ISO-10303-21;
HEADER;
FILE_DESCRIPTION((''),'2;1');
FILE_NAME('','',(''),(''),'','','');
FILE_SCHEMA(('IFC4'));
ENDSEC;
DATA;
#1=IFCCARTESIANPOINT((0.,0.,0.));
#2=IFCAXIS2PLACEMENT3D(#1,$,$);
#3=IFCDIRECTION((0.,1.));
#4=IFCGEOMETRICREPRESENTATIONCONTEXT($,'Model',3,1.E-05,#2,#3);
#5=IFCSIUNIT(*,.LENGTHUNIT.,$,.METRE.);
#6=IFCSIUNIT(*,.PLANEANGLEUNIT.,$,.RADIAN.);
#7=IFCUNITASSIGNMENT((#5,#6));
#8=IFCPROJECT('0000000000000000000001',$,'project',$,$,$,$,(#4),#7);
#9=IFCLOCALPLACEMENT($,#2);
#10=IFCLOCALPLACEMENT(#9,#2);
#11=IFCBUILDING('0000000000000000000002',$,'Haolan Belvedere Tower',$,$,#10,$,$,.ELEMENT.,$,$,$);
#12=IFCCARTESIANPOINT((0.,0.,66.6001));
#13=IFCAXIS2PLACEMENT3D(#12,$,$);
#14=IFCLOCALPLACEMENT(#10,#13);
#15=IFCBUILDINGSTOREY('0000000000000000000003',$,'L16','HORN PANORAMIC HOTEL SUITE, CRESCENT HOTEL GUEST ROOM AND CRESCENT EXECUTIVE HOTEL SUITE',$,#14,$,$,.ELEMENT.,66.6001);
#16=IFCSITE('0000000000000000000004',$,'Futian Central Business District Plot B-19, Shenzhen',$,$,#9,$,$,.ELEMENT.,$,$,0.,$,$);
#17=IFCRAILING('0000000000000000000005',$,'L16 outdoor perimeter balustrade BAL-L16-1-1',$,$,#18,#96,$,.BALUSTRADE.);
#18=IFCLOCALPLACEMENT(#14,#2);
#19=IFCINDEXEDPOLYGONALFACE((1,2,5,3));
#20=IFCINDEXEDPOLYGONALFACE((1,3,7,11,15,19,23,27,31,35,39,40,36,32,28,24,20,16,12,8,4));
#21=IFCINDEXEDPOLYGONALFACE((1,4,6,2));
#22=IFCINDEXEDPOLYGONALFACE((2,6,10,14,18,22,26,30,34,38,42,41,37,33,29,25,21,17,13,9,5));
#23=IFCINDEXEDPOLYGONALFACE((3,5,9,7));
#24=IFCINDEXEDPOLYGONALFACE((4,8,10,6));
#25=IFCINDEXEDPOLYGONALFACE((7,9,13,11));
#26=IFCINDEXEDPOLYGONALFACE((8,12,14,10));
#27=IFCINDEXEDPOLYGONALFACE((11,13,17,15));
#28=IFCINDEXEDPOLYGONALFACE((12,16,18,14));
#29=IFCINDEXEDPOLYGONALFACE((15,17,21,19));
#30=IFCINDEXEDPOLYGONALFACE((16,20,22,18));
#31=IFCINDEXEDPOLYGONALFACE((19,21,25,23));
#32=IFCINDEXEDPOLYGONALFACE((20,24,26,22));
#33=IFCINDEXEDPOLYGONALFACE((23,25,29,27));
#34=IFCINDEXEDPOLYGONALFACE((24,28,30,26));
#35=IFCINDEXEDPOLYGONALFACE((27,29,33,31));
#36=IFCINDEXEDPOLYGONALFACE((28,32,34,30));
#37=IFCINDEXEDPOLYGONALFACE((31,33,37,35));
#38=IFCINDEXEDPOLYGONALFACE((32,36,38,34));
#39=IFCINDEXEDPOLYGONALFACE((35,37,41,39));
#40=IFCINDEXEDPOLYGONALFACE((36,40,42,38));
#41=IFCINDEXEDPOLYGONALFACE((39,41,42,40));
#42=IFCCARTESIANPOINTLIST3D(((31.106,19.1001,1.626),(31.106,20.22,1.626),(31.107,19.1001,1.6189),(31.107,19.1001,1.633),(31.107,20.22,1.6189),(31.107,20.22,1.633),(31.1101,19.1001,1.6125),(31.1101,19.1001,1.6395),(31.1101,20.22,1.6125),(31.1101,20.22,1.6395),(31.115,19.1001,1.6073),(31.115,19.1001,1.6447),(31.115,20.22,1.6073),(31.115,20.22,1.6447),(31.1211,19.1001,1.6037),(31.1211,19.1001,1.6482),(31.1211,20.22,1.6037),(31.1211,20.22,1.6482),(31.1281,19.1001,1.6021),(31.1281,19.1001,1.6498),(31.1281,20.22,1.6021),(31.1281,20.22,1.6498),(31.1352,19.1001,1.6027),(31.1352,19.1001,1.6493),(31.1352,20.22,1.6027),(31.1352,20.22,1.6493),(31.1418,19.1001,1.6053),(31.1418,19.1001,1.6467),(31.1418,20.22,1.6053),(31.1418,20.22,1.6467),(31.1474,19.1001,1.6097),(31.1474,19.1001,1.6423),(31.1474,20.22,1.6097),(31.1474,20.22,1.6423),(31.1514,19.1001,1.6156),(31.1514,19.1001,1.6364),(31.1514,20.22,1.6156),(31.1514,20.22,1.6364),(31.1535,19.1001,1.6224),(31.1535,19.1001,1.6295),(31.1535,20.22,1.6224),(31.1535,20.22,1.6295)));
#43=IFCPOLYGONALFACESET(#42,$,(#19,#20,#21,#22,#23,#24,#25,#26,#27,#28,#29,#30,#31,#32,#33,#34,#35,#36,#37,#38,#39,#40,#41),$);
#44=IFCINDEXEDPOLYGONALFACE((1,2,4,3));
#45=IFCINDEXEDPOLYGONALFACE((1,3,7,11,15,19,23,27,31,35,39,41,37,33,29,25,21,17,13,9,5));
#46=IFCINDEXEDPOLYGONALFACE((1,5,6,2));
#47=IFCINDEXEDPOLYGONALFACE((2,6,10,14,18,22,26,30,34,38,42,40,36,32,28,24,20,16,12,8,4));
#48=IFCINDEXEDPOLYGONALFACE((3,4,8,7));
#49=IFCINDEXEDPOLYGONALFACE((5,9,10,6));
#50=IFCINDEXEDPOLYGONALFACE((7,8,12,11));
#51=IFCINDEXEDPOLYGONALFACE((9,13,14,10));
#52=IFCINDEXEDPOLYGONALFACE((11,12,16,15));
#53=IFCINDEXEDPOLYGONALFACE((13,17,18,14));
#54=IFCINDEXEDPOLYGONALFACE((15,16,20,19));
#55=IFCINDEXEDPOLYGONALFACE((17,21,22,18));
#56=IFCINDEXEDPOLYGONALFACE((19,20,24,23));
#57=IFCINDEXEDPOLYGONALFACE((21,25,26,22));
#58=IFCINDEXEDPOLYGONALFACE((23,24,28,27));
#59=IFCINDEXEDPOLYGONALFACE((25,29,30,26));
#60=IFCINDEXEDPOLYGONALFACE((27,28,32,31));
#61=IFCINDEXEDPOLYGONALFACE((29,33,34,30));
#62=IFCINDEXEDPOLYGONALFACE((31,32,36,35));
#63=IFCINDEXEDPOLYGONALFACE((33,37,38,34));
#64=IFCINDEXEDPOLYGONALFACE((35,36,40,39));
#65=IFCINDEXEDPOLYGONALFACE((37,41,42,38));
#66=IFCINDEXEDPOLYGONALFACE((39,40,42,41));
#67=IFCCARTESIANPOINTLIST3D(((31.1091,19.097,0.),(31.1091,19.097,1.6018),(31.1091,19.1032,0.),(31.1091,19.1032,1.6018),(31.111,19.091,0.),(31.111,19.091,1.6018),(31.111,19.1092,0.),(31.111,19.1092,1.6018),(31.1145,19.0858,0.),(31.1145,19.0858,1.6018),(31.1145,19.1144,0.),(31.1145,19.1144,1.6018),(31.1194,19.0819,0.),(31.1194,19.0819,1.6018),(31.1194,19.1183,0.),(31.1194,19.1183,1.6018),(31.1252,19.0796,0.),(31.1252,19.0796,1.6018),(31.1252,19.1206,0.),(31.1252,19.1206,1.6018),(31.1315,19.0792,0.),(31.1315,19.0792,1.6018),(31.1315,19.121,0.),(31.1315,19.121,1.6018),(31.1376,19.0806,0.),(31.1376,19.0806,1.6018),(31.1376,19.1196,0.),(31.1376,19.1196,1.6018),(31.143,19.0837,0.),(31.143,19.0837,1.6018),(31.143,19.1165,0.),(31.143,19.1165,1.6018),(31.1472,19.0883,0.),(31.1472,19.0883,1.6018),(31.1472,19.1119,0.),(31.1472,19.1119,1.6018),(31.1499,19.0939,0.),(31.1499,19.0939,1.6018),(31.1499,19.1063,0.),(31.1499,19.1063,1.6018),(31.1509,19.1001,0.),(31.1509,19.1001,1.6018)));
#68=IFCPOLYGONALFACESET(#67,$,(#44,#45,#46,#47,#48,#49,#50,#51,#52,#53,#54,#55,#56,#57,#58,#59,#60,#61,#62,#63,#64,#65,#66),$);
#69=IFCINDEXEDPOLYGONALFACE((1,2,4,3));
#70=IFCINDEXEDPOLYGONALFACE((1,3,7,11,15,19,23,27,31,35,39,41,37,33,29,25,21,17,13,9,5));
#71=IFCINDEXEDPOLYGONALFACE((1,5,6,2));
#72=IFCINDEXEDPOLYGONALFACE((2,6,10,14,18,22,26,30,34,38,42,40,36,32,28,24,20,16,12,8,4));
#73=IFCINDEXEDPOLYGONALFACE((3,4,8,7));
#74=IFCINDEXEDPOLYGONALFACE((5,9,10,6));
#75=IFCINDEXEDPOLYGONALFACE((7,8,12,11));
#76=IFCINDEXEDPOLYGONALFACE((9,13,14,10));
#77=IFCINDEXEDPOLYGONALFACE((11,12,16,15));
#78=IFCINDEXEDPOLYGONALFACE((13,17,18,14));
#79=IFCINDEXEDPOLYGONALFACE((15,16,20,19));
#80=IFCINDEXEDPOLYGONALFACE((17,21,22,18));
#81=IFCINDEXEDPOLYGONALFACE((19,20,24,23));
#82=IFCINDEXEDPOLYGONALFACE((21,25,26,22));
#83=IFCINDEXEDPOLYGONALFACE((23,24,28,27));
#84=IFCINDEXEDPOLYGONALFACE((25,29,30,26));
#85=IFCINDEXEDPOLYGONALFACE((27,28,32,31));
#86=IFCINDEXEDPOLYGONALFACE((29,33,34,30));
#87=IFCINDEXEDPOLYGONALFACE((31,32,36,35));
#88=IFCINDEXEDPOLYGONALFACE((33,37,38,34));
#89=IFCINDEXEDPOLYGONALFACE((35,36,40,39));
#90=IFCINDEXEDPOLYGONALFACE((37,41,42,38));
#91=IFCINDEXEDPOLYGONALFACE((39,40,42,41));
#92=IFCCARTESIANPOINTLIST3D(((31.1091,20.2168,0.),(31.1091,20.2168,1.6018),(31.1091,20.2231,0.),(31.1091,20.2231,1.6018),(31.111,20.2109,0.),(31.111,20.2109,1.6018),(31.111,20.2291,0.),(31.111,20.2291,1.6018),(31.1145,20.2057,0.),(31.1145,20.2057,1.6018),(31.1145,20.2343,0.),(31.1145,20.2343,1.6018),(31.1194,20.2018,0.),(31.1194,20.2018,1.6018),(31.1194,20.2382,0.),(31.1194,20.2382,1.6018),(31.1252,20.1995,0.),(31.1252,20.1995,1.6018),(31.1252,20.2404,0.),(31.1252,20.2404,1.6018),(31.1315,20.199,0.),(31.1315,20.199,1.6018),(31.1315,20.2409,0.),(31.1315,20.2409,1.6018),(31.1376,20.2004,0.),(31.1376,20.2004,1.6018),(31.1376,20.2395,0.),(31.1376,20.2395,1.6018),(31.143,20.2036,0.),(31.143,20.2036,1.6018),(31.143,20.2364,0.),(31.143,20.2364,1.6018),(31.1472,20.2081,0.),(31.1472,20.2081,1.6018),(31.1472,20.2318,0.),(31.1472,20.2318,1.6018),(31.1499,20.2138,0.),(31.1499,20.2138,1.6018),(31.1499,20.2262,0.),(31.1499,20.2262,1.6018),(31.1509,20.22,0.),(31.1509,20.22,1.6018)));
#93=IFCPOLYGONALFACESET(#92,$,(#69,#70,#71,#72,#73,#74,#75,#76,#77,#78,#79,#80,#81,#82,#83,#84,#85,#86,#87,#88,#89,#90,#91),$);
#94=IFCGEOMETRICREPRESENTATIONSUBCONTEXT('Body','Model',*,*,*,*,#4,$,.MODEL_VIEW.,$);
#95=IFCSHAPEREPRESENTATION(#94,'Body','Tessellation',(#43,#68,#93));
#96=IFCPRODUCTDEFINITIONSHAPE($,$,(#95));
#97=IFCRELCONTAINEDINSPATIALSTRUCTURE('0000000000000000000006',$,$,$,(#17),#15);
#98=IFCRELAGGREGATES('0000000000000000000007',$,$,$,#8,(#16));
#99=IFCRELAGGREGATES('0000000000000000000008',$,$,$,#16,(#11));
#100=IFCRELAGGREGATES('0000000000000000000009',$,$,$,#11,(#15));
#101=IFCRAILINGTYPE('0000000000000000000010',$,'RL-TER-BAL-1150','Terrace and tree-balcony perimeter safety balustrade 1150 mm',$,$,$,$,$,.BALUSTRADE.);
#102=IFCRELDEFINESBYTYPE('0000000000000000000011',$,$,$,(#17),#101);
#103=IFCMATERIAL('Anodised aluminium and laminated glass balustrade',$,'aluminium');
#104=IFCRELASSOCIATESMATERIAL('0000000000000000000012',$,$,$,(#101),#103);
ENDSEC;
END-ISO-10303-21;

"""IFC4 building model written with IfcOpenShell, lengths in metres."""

from ifc_helpers import new_model, si_unit, direction, frame, origin, origin_2d, place, context, subcontext, project, spatial, circle, extrude, material, type_object, element, save


model = new_model("IFC4")

# Units and contexts
model_context = context("Model", 3, precision=1e-05, world=origin(), true_north=direction((0.0, 1.0)))
body_context = subcontext(model_context, "Body", "Model", "MODEL_VIEW")
ifc_project = project(units=[si_unit("LENGTHUNIT", "METRE"), si_unit("PLANEANGLEUNIT", "RADIAN")], contexts=[model_context])

# Site, building, storey
site_placement = place(None, origin())
site = spatial("IfcSite", under=ifc_project, at=site_placement, Name="Futian Central Business District Plot B-19, Shenzhen", CompositionType="ELEMENT", RefElevation=0.0)
building_placement = place(site_placement, origin())
building = spatial("IfcBuilding", under=site, at=building_placement, Name="Haolan Belvedere Tower", CompositionType="ELEMENT")
storey_placement = place(building_placement, frame((0.0, 0.0, 66.6001)))
storey = spatial("IfcBuildingStorey", under=building, at=storey_placement, Name="L16", Description="HORN PANORAMIC HOTEL SUITE, CRESCENT HOTEL GUEST ROOM AND CRESCENT EXECUTIVE HOTEL SUITE", CompositionType="ELEMENT", Elevation=66.6001)

# Railing
ifc_material_1 = material(Name="Anodised aluminium and laminated glass balustrade", Category="aluminium")
railing_type = type_object("IfcRailingType", Name="RL-TER-BAL-1150", Description="Terrace and tree-balcony perimeter safety balustrade 1150 mm", PredefinedType="BALUSTRADE", material=ifc_material_1)
railing_placement = place(storey_placement, frame((31.1299, 19.1001, 0.0)))
element("IfcRailing", 1, at=railing_placement, inside=storey, type_object=railing_type, Name="L16 outdoor perimeter balustrade BAL-L16-1-1", PredefinedType="BALUSTRADE", context=body_context, shape_type="SweptSolid", body=[
    extrude(circle(Radius=0.0239, at=origin_2d()), frame((0.0, 0.0, 1.626), z_axis=(0.0, 1.0, 0.0), x_axis=(-1.0, 0.0, 0.0)), (0.0, 0.0, 1.0), 1.1199),
    extrude(circle(Radius=0.021, at=origin_2d()), origin(), (0.0, 0.0, 1.0), 1.6018),
    extrude(circle(Radius=0.021, at=origin_2d()), frame((0.0, 1.1199, 0.0)), (0.0, 0.0, 1.0), 1.6018),
])

save(model, "model.ifc")
